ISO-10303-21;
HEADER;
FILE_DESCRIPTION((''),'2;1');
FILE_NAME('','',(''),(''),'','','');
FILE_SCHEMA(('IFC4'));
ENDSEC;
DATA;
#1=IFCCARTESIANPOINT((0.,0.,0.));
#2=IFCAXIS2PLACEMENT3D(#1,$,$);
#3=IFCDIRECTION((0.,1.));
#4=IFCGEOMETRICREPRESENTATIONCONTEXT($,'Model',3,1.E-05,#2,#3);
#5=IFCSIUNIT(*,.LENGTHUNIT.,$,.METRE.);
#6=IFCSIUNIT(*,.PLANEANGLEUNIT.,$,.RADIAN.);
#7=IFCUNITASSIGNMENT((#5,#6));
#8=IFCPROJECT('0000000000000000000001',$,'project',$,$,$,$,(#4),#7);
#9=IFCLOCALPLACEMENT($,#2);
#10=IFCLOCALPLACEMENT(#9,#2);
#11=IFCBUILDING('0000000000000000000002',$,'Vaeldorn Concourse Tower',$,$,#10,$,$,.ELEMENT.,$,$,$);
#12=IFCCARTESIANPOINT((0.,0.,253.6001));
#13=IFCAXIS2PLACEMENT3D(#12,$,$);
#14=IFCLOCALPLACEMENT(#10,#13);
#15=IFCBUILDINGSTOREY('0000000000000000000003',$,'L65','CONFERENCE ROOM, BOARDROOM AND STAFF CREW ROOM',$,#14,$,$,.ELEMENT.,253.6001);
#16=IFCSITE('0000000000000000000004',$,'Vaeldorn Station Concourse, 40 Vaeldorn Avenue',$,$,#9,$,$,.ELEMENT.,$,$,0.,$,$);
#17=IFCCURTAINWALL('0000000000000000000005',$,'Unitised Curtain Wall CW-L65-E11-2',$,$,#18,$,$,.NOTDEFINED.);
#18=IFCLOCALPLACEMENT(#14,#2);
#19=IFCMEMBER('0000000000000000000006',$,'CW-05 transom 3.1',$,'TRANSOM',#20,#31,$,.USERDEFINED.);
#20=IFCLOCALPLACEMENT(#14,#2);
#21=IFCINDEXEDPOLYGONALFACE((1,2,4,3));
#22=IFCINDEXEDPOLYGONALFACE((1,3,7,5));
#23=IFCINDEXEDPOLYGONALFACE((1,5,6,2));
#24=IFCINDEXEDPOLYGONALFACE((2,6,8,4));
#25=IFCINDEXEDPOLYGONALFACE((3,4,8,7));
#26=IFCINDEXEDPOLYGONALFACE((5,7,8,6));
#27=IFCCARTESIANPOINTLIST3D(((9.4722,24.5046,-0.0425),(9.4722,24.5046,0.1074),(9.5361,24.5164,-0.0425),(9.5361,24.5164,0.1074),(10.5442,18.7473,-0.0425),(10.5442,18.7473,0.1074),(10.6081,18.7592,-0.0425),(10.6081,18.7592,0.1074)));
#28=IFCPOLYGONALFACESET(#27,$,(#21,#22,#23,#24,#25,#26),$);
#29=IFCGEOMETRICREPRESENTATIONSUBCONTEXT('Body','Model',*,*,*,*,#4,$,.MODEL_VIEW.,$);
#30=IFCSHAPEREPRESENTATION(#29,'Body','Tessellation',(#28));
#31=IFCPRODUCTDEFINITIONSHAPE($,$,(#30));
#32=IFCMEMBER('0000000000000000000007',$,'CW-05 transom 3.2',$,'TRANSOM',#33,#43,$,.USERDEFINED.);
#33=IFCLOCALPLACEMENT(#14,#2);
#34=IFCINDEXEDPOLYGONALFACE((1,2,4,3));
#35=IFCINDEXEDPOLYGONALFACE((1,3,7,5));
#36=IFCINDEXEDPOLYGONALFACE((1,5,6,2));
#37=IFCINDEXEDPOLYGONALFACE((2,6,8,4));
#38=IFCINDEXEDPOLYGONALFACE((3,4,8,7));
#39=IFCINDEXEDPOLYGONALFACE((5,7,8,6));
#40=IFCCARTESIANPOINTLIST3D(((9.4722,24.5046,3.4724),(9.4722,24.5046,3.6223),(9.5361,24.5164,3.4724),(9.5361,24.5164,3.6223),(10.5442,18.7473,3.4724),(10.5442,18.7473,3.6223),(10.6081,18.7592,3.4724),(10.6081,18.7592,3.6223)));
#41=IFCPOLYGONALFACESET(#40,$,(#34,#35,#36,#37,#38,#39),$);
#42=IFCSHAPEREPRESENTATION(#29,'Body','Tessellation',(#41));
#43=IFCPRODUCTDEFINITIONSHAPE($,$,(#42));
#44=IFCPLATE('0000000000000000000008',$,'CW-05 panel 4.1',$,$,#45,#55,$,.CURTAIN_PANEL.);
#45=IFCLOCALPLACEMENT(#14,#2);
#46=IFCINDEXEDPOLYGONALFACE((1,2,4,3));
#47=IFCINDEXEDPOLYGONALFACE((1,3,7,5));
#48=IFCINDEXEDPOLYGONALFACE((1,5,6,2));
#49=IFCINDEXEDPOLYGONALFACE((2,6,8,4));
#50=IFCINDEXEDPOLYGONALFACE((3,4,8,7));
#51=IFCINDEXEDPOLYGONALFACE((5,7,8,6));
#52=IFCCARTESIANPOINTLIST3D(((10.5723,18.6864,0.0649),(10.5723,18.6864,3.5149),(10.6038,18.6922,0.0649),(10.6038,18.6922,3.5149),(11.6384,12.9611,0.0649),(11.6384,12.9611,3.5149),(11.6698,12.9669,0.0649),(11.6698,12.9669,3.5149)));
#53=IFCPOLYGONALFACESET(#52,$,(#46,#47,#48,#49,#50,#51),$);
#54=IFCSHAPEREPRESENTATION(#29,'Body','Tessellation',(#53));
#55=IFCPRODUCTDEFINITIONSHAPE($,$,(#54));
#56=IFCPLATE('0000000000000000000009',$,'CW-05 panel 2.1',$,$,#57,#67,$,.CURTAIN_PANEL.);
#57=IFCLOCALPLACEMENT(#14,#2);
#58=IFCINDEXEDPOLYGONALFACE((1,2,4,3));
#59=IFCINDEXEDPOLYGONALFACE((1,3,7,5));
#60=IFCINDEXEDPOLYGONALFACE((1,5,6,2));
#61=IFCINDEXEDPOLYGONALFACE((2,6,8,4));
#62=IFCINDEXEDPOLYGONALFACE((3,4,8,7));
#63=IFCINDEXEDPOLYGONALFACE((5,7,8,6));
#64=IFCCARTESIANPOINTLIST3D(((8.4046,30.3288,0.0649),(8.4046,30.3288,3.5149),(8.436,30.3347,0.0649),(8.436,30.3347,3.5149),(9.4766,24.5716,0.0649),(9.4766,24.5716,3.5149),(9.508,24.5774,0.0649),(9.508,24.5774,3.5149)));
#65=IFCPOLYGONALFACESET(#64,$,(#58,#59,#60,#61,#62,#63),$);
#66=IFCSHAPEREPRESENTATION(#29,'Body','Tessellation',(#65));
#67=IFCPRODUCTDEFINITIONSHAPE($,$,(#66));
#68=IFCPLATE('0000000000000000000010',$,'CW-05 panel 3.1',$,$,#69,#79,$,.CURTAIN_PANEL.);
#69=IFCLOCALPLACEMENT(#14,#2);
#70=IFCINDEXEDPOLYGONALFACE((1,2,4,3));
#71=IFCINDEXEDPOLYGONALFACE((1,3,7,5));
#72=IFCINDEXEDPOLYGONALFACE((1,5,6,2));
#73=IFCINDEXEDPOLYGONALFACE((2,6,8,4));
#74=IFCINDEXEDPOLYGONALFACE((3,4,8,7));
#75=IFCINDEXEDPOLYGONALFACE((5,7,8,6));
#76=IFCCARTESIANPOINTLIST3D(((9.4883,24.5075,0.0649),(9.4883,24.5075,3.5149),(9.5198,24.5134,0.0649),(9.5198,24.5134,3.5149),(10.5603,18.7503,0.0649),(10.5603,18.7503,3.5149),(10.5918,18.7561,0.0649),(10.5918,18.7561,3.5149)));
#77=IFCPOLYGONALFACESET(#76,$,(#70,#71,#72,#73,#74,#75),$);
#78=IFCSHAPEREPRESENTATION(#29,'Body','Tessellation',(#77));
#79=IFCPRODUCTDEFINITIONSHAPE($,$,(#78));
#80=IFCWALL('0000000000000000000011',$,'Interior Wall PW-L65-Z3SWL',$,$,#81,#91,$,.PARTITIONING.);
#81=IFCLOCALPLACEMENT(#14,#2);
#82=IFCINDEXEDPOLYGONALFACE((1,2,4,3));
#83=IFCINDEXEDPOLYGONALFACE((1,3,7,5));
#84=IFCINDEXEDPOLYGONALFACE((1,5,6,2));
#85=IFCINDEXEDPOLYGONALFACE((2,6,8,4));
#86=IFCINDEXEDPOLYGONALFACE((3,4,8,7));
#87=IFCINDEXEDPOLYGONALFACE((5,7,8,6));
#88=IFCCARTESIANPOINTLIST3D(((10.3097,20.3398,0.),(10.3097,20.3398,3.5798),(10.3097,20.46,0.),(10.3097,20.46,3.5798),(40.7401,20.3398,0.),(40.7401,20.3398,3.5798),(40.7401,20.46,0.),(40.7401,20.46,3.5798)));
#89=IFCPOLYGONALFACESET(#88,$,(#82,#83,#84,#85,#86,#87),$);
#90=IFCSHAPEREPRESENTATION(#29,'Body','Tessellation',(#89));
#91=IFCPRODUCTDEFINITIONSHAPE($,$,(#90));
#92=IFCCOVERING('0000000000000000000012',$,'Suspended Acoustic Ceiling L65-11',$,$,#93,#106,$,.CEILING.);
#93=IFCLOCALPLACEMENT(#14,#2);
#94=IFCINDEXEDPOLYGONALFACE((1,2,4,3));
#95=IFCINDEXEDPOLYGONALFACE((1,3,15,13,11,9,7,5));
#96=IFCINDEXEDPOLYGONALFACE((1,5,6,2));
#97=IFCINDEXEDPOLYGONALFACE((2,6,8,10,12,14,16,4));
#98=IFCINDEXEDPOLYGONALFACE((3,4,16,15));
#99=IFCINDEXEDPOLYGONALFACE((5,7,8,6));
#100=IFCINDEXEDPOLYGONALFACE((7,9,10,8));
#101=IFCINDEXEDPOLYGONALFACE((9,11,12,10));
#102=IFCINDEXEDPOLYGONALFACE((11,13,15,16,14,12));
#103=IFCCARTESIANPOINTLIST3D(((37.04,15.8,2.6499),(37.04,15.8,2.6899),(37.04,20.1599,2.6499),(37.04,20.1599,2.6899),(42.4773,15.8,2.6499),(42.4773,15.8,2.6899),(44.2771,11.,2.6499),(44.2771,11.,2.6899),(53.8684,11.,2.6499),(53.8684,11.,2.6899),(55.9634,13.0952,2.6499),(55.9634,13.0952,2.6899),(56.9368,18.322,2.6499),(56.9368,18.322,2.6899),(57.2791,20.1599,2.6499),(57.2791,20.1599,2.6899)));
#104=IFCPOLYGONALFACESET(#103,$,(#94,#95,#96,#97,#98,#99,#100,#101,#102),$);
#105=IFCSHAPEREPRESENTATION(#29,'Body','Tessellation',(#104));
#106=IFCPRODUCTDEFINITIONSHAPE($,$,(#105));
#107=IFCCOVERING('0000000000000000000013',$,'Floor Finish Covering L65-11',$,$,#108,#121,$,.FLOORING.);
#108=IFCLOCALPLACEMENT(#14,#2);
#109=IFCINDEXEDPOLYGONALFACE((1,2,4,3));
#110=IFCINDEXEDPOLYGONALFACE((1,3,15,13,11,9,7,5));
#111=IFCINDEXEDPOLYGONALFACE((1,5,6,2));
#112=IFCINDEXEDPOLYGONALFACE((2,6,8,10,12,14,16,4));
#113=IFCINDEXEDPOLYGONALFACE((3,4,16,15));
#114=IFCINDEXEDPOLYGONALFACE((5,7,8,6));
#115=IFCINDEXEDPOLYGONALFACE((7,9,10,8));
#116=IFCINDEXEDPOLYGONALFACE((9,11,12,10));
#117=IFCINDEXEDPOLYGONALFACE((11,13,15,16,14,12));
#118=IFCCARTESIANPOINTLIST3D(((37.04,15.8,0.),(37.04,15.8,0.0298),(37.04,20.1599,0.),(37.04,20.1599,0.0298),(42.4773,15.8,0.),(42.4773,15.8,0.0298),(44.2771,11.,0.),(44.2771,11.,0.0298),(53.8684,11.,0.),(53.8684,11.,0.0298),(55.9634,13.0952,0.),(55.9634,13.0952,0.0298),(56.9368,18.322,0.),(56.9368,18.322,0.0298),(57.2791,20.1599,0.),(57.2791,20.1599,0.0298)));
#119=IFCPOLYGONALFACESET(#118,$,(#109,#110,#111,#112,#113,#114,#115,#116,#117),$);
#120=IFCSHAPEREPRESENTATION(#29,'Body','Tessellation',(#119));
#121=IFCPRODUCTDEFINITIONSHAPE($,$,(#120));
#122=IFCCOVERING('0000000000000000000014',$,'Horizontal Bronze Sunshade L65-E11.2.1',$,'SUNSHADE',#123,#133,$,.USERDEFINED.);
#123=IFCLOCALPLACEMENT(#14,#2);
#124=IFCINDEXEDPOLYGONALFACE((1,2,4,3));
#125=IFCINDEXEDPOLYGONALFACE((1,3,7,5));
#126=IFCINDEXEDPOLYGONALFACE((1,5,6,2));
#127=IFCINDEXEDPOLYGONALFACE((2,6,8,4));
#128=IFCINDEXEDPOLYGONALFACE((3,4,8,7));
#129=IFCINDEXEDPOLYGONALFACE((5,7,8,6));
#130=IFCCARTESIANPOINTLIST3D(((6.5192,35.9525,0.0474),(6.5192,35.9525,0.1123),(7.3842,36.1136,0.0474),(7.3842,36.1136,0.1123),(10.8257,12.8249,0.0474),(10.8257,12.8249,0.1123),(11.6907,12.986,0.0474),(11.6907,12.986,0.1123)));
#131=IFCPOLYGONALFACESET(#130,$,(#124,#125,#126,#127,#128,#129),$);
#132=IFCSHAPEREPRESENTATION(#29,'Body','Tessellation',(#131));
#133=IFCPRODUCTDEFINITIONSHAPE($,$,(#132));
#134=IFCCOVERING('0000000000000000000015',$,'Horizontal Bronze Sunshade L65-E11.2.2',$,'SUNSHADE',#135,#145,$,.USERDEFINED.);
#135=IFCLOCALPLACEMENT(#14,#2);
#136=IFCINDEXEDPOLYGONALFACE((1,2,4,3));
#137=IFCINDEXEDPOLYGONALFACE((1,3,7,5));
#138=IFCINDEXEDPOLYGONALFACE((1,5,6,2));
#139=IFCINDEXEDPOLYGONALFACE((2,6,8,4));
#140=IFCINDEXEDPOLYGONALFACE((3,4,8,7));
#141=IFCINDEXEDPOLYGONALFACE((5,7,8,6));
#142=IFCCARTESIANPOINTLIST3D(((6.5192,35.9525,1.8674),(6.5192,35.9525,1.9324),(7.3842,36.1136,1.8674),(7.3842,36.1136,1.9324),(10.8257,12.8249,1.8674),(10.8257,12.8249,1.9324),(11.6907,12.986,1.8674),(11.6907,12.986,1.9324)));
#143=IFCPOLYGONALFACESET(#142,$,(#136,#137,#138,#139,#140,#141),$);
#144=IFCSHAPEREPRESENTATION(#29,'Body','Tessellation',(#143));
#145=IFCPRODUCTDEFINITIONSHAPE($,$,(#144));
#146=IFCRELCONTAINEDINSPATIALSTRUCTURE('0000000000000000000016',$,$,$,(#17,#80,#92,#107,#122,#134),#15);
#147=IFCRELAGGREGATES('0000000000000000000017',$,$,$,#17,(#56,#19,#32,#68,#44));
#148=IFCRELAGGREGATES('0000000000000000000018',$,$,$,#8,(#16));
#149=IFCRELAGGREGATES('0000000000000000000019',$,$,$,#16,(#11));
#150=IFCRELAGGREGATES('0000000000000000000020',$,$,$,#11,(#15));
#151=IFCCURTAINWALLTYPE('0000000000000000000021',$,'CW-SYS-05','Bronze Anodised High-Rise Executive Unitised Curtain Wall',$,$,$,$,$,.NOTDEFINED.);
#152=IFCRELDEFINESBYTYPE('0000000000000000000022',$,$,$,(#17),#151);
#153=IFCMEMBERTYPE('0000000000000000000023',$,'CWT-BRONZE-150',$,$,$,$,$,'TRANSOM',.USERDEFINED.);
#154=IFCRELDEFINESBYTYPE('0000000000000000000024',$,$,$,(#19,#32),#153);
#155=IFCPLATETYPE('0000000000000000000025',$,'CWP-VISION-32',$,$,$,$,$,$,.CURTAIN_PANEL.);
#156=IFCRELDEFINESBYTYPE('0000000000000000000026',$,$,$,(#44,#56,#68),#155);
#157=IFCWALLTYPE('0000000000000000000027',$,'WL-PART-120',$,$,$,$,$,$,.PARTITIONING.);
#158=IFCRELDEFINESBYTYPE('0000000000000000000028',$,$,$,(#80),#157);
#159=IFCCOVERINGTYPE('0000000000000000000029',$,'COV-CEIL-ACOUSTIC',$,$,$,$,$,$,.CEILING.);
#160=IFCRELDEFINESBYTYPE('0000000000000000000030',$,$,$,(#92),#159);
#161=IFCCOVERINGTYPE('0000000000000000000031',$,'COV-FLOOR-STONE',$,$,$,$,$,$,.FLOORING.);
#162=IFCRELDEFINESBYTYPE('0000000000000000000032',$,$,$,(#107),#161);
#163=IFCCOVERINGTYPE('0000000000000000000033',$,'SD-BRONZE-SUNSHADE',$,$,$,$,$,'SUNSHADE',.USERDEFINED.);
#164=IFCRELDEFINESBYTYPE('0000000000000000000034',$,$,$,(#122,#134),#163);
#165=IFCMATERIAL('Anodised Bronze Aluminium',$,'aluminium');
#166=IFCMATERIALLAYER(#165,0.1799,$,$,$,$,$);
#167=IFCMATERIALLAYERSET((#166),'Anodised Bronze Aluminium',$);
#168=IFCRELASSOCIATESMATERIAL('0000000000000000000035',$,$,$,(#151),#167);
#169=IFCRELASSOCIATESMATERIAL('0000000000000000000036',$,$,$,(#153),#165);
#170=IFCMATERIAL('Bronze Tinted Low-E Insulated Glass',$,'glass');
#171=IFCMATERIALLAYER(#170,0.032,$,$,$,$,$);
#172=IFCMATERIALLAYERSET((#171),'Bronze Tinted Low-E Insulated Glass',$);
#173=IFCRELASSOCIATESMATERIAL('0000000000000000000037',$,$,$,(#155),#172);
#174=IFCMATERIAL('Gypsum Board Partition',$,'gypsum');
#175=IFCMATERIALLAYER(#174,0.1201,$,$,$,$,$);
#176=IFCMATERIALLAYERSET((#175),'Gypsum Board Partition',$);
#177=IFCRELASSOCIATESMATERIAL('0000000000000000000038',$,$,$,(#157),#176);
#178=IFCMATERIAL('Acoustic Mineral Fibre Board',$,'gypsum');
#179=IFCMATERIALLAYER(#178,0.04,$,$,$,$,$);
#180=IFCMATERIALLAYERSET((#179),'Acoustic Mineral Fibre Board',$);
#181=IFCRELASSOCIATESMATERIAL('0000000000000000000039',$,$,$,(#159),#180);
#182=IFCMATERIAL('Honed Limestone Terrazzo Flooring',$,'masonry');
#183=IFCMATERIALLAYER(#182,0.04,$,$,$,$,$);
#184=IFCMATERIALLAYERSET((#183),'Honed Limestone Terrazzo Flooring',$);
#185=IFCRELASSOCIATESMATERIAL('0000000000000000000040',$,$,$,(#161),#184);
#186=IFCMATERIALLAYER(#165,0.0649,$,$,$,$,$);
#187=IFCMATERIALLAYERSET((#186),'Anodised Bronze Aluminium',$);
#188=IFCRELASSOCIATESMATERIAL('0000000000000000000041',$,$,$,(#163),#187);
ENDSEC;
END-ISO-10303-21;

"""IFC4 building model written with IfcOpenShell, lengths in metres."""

from ifc_helpers import new_model, si_unit, direction, frame, frame_2d, origin, origin_2d, place, context, subcontext, project, spatial, polyline, rectangle, outline, extrude, source, transform, mapped, material, layer, layer_set, material_profile, profile_set, type_object, element, aggregate, save


model = new_model("IFC4")

# Units and contexts
model_context = context("Model", 3, precision=1e-05, world=origin(), true_north=direction((0.0, 1.0)))
body_context = subcontext(model_context, "Body", "Model", "MODEL_VIEW")
ifc_project = project(units=[si_unit("LENGTHUNIT", "METRE"), si_unit("PLANEANGLEUNIT", "RADIAN")], contexts=[model_context])

# Site, building, storey
site_placement = place(None, origin())
site = spatial("IfcSite", under=ifc_project, at=site_placement, Name="Vaeldorn Station Concourse, 40 Vaeldorn Avenue", CompositionType="ELEMENT", RefElevation=0.0)
building_placement = place(site_placement, origin())
building = spatial("IfcBuilding", under=site, at=building_placement, Name="Vaeldorn Concourse Tower", CompositionType="ELEMENT")
storey_placement = place(building_placement, frame((0.0, 0.0, 253.6001)))
storey = spatial("IfcBuildingStorey", under=building, at=storey_placement, Name="L65", Description="CONFERENCE ROOM, BOARDROOM AND STAFF CREW ROOM", CompositionType="ELEMENT", Elevation=253.6001)

# Curtain wall
ifc_material_1 = material(Name="Anodised Bronze Aluminium", Category="aluminium")
ifc_layer_1 = layer(ifc_material_1, 0.1799)
ifc_layer_set_1 = layer_set([ifc_layer_1], Name="Anodised Bronze Aluminium")
curtain_wall_type = type_object("IfcCurtainWallType", Name="CW-SYS-05", Description="Bronze Anodised High-Rise Executive Unitised Curtain Wall", PredefinedType="NOTDEFINED", material=ifc_layer_set_1)
curtain_wall_1_placement = place(storey_placement, origin())
curtain_wall_1 = element("IfcCurtainWall", 1, at=curtain_wall_1_placement, inside=storey, type_object=curtain_wall_type, Name="Unitised Curtain Wall CW-L65-E11-2", PredefinedType="NOTDEFINED")

# Members
ifc_material_profile_1 = material_profile(ifc_material_1, rectangle(XDim=0.0649, YDim=0.1499, at=origin_2d()), Name="CWT 65x150")
ifc_profile_set_1 = profile_set([ifc_material_profile_1], Name="Anodised Bronze Aluminium")
member_type_1 = type_object("IfcMemberType", Name="CWT-BRONZE-150", ElementType="TRANSOM", PredefinedType="USERDEFINED", material=ifc_profile_set_1)
shared_shape_1 = source(origin(), body_context, "Body", "SweptSolid", [
    extrude(rectangle(XDim=0.0649, YDim=0.1499, at=origin_2d()), origin(), (0.0, 0.0, 1.0), 5.8562),
])
member_1_placement = place(storey_placement, frame((9.5042, 24.5105, 0.0325), z_axis=(0.183055, -0.983103, 0.0), x_axis=(0.983103, 0.183055, 0.0)))
member_1 = element("IfcMember", 2, at=member_1_placement, type_object=member_type_1, Name="CW-05 transom 3.1", ObjectType="TRANSOM", PredefinedType="USERDEFINED", context=body_context, shape_type="MappedRepresentation", body=[
    mapped(shared_shape_1, transform((0.0, 0.0, 0.0), scale=1.0)),
])
member_2_placement = place(storey_placement, frame((9.5042, 24.5105, 3.5474), z_axis=(0.183055, -0.983103, 0.0), x_axis=(0.983103, 0.183055, 0.0)))
member_2 = element("IfcMember", 3, at=member_2_placement, type_object=member_type_1, Name="CW-05 transom 3.2", ObjectType="TRANSOM", PredefinedType="USERDEFINED", context=body_context, shape_type="MappedRepresentation", body=[
    mapped(shared_shape_1, transform((0.0, 0.0, 0.0), scale=1.0)),
])

# Plates
ifc_material_2 = material(Name="Bronze Tinted Low-E Insulated Glass", Category="glass")
ifc_layer_2 = layer(ifc_material_2, 0.032)
ifc_layer_set_2 = layer_set([ifc_layer_2], Name="Bronze Tinted Low-E Insulated Glass")
plate_type = type_object("IfcPlateType", Name="CWP-VISION-32", PredefinedType="CURTAIN_PANEL", material=ifc_layer_set_2)
shared_shape_2 = source(origin(), body_context, "Body", "SweptSolid", [
    extrude(rectangle(XDim=5.8237, YDim=0.032, at=origin_2d()), origin(), (0.0, 0.0, 1.0), 3.45),
])
plate_1_placement = place(storey_placement, frame((11.1211, 15.8267, 0.0649), z_axis=(0.0, 0.0, 1.0), x_axis=(0.183055, -0.983103, 0.0)))
plate_1 = element("IfcPlate", 4, at=plate_1_placement, type_object=plate_type, Name="CW-05 panel 4.1", PredefinedType="CURTAIN_PANEL", context=body_context, shape_type="MappedRepresentation", body=[
    mapped(shared_shape_2, transform((0.0, 0.0, 0.0), scale=1.0)),
])
shared_shape_3 = source(origin(), body_context, "Body", "SweptSolid", [
    extrude(rectangle(XDim=5.8562, YDim=0.032, at=origin_2d()), origin(), (0.0, 0.0, 1.0), 3.45),
])
plate_2_placement = place(storey_placement, frame((8.9563, 27.4531, 0.0649), z_axis=(0.0, 0.0, 1.0), x_axis=(0.183055, -0.983103, 0.0)))
plate_2 = element("IfcPlate", 5, at=plate_2_placement, type_object=plate_type, Name="CW-05 panel 2.1", PredefinedType="CURTAIN_PANEL", context=body_context, shape_type="MappedRepresentation", body=[
    mapped(shared_shape_3, transform((0.0, 0.0, 0.0), scale=1.0)),
])
plate_3_placement = place(storey_placement, frame((10.04, 21.6318, 0.0649), z_axis=(0.0, 0.0, 1.0), x_axis=(0.183055, -0.983103, 0.0)))
plate_3 = element("IfcPlate", 6, at=plate_3_placement, type_object=plate_type, Name="CW-05 panel 3.1", PredefinedType="CURTAIN_PANEL", context=body_context, shape_type="MappedRepresentation", body=[
    mapped(shared_shape_3, transform((0.0, 0.0, 0.0), scale=1.0)),
])
aggregate(curtain_wall_1, [plate_2, member_1, member_2, plate_3, plate_1])

# Wall
ifc_material_3 = material(Name="Gypsum Board Partition", Category="gypsum")
ifc_layer_3 = layer(ifc_material_3, 0.1201)
ifc_layer_set_3 = layer_set([ifc_layer_3], Name="Gypsum Board Partition")
wall_type = type_object("IfcWallType", Name="WL-PART-120", PredefinedType="PARTITIONING", material=ifc_layer_set_3)
wall_placement = place(storey_placement, frame((10.3096, 20.3999, 0.0), z_axis=(0.0, 0.0, 1.0), x_axis=(1.0, 0.0, 0.0)))
element("IfcWall", 7, at=wall_placement, inside=storey, type_object=wall_type, Name="Interior Wall PW-L65-Z3SWL", PredefinedType="PARTITIONING", context=body_context, shape_type="SweptSolid", body=[
    extrude(rectangle(XDim=30.4304, YDim=0.1201, at=frame_2d((15.2153, 0.0))), origin(), (0.0, 0.0, 1.0), 3.5798),
])

# Coverings
ifc_material_4 = material(Name="Acoustic Mineral Fibre Board", Category="gypsum")
ifc_layer_4 = layer(ifc_material_4, 0.04)
ifc_layer_set_4 = layer_set([ifc_layer_4], Name="Acoustic Mineral Fibre Board")
covering_type_1 = type_object("IfcCoveringType", Name="COV-CEIL-ACOUSTIC", PredefinedType="CEILING", material=ifc_layer_set_4)
covering_1_placement = place(storey_placement, frame((0.0, 0.0, 2.6499)))
element("IfcCovering", 8, at=covering_1_placement, inside=storey, type_object=covering_type_1, Name="Suspended Acoustic Ceiling L65-11", PredefinedType="CEILING", context=body_context, shape_type="SweptSolid", body=[
    extrude(outline(polyline([(37.04, 20.1599), (57.2791, 20.1599), (56.9368, 18.322), (55.9634, 13.0952), (53.8684, 11.0), (44.2771, 11.0), (42.4773, 15.8), (37.04, 15.8), (37.04, 20.1599)])), origin(), (0.0, 0.0, 1.0), 0.04),
])
ifc_material_5 = material(Name="Honed Limestone Terrazzo Flooring", Category="masonry")
ifc_layer_5 = layer(ifc_material_5, 0.04)
ifc_layer_set_5 = layer_set([ifc_layer_5], Name="Honed Limestone Terrazzo Flooring")
covering_type_2 = type_object("IfcCoveringType", Name="COV-FLOOR-STONE", PredefinedType="FLOORING", material=ifc_layer_set_5)
covering_2_placement = place(storey_placement, origin())
element("IfcCovering", 9, at=covering_2_placement, inside=storey, type_object=covering_type_2, Name="Floor Finish Covering L65-11", PredefinedType="FLOORING", context=body_context, shape_type="SweptSolid", body=[
    extrude(outline(polyline([(37.04, 20.1599), (57.2791, 20.1599), (56.9368, 18.322), (55.9634, 13.0952), (53.8684, 11.0), (44.2771, 11.0), (42.4773, 15.8), (37.04, 15.8), (37.04, 20.1599)])), origin(), (0.0, 0.0, 1.0), 0.0298),
])
ifc_layer_6 = layer(ifc_material_1, 0.0649)
ifc_layer_set_6 = layer_set([ifc_layer_6], Name="Anodised Bronze Aluminium")
covering_type_3 = type_object("IfcCoveringType", Name="SD-BRONZE-SUNSHADE", ElementType="SUNSHADE", PredefinedType="USERDEFINED", material=ifc_layer_set_6)
shared_shape_4 = source(origin(), body_context, "Body", "SweptSolid", [
    extrude(rectangle(XDim=23.5251, YDim=0.8799, at=origin_2d()), origin(), (0.0, 0.0, 1.0), 0.0649),
])
for number, where, z_axis, x_axis, name in (
    (10, (9.105, 24.4692, 0.0474), (0.0, 0.0, 1.0), (0.183059, -0.983102, 0.0), "Horizontal Bronze Sunshade L65-E11.2.1"),
    (11, (9.105, 24.4692, 1.8674), (0.0, 0.0, 1.0), (0.183059, -0.983102, 0.0), "Horizontal Bronze Sunshade L65-E11.2.2"),
):
    element("IfcCovering", number, at=place(storey_placement, frame(where, z_axis=z_axis, x_axis=x_axis)), inside=storey, type_object=covering_type_3, Name=name, ObjectType="SUNSHADE", PredefinedType="USERDEFINED", context=body_context, shape_type="MappedRepresentation", body=[
        mapped(shared_shape_4, transform((0.0, 0.0, 0.0), scale=1.0)),
    ])

save(model, "model.ifc")
